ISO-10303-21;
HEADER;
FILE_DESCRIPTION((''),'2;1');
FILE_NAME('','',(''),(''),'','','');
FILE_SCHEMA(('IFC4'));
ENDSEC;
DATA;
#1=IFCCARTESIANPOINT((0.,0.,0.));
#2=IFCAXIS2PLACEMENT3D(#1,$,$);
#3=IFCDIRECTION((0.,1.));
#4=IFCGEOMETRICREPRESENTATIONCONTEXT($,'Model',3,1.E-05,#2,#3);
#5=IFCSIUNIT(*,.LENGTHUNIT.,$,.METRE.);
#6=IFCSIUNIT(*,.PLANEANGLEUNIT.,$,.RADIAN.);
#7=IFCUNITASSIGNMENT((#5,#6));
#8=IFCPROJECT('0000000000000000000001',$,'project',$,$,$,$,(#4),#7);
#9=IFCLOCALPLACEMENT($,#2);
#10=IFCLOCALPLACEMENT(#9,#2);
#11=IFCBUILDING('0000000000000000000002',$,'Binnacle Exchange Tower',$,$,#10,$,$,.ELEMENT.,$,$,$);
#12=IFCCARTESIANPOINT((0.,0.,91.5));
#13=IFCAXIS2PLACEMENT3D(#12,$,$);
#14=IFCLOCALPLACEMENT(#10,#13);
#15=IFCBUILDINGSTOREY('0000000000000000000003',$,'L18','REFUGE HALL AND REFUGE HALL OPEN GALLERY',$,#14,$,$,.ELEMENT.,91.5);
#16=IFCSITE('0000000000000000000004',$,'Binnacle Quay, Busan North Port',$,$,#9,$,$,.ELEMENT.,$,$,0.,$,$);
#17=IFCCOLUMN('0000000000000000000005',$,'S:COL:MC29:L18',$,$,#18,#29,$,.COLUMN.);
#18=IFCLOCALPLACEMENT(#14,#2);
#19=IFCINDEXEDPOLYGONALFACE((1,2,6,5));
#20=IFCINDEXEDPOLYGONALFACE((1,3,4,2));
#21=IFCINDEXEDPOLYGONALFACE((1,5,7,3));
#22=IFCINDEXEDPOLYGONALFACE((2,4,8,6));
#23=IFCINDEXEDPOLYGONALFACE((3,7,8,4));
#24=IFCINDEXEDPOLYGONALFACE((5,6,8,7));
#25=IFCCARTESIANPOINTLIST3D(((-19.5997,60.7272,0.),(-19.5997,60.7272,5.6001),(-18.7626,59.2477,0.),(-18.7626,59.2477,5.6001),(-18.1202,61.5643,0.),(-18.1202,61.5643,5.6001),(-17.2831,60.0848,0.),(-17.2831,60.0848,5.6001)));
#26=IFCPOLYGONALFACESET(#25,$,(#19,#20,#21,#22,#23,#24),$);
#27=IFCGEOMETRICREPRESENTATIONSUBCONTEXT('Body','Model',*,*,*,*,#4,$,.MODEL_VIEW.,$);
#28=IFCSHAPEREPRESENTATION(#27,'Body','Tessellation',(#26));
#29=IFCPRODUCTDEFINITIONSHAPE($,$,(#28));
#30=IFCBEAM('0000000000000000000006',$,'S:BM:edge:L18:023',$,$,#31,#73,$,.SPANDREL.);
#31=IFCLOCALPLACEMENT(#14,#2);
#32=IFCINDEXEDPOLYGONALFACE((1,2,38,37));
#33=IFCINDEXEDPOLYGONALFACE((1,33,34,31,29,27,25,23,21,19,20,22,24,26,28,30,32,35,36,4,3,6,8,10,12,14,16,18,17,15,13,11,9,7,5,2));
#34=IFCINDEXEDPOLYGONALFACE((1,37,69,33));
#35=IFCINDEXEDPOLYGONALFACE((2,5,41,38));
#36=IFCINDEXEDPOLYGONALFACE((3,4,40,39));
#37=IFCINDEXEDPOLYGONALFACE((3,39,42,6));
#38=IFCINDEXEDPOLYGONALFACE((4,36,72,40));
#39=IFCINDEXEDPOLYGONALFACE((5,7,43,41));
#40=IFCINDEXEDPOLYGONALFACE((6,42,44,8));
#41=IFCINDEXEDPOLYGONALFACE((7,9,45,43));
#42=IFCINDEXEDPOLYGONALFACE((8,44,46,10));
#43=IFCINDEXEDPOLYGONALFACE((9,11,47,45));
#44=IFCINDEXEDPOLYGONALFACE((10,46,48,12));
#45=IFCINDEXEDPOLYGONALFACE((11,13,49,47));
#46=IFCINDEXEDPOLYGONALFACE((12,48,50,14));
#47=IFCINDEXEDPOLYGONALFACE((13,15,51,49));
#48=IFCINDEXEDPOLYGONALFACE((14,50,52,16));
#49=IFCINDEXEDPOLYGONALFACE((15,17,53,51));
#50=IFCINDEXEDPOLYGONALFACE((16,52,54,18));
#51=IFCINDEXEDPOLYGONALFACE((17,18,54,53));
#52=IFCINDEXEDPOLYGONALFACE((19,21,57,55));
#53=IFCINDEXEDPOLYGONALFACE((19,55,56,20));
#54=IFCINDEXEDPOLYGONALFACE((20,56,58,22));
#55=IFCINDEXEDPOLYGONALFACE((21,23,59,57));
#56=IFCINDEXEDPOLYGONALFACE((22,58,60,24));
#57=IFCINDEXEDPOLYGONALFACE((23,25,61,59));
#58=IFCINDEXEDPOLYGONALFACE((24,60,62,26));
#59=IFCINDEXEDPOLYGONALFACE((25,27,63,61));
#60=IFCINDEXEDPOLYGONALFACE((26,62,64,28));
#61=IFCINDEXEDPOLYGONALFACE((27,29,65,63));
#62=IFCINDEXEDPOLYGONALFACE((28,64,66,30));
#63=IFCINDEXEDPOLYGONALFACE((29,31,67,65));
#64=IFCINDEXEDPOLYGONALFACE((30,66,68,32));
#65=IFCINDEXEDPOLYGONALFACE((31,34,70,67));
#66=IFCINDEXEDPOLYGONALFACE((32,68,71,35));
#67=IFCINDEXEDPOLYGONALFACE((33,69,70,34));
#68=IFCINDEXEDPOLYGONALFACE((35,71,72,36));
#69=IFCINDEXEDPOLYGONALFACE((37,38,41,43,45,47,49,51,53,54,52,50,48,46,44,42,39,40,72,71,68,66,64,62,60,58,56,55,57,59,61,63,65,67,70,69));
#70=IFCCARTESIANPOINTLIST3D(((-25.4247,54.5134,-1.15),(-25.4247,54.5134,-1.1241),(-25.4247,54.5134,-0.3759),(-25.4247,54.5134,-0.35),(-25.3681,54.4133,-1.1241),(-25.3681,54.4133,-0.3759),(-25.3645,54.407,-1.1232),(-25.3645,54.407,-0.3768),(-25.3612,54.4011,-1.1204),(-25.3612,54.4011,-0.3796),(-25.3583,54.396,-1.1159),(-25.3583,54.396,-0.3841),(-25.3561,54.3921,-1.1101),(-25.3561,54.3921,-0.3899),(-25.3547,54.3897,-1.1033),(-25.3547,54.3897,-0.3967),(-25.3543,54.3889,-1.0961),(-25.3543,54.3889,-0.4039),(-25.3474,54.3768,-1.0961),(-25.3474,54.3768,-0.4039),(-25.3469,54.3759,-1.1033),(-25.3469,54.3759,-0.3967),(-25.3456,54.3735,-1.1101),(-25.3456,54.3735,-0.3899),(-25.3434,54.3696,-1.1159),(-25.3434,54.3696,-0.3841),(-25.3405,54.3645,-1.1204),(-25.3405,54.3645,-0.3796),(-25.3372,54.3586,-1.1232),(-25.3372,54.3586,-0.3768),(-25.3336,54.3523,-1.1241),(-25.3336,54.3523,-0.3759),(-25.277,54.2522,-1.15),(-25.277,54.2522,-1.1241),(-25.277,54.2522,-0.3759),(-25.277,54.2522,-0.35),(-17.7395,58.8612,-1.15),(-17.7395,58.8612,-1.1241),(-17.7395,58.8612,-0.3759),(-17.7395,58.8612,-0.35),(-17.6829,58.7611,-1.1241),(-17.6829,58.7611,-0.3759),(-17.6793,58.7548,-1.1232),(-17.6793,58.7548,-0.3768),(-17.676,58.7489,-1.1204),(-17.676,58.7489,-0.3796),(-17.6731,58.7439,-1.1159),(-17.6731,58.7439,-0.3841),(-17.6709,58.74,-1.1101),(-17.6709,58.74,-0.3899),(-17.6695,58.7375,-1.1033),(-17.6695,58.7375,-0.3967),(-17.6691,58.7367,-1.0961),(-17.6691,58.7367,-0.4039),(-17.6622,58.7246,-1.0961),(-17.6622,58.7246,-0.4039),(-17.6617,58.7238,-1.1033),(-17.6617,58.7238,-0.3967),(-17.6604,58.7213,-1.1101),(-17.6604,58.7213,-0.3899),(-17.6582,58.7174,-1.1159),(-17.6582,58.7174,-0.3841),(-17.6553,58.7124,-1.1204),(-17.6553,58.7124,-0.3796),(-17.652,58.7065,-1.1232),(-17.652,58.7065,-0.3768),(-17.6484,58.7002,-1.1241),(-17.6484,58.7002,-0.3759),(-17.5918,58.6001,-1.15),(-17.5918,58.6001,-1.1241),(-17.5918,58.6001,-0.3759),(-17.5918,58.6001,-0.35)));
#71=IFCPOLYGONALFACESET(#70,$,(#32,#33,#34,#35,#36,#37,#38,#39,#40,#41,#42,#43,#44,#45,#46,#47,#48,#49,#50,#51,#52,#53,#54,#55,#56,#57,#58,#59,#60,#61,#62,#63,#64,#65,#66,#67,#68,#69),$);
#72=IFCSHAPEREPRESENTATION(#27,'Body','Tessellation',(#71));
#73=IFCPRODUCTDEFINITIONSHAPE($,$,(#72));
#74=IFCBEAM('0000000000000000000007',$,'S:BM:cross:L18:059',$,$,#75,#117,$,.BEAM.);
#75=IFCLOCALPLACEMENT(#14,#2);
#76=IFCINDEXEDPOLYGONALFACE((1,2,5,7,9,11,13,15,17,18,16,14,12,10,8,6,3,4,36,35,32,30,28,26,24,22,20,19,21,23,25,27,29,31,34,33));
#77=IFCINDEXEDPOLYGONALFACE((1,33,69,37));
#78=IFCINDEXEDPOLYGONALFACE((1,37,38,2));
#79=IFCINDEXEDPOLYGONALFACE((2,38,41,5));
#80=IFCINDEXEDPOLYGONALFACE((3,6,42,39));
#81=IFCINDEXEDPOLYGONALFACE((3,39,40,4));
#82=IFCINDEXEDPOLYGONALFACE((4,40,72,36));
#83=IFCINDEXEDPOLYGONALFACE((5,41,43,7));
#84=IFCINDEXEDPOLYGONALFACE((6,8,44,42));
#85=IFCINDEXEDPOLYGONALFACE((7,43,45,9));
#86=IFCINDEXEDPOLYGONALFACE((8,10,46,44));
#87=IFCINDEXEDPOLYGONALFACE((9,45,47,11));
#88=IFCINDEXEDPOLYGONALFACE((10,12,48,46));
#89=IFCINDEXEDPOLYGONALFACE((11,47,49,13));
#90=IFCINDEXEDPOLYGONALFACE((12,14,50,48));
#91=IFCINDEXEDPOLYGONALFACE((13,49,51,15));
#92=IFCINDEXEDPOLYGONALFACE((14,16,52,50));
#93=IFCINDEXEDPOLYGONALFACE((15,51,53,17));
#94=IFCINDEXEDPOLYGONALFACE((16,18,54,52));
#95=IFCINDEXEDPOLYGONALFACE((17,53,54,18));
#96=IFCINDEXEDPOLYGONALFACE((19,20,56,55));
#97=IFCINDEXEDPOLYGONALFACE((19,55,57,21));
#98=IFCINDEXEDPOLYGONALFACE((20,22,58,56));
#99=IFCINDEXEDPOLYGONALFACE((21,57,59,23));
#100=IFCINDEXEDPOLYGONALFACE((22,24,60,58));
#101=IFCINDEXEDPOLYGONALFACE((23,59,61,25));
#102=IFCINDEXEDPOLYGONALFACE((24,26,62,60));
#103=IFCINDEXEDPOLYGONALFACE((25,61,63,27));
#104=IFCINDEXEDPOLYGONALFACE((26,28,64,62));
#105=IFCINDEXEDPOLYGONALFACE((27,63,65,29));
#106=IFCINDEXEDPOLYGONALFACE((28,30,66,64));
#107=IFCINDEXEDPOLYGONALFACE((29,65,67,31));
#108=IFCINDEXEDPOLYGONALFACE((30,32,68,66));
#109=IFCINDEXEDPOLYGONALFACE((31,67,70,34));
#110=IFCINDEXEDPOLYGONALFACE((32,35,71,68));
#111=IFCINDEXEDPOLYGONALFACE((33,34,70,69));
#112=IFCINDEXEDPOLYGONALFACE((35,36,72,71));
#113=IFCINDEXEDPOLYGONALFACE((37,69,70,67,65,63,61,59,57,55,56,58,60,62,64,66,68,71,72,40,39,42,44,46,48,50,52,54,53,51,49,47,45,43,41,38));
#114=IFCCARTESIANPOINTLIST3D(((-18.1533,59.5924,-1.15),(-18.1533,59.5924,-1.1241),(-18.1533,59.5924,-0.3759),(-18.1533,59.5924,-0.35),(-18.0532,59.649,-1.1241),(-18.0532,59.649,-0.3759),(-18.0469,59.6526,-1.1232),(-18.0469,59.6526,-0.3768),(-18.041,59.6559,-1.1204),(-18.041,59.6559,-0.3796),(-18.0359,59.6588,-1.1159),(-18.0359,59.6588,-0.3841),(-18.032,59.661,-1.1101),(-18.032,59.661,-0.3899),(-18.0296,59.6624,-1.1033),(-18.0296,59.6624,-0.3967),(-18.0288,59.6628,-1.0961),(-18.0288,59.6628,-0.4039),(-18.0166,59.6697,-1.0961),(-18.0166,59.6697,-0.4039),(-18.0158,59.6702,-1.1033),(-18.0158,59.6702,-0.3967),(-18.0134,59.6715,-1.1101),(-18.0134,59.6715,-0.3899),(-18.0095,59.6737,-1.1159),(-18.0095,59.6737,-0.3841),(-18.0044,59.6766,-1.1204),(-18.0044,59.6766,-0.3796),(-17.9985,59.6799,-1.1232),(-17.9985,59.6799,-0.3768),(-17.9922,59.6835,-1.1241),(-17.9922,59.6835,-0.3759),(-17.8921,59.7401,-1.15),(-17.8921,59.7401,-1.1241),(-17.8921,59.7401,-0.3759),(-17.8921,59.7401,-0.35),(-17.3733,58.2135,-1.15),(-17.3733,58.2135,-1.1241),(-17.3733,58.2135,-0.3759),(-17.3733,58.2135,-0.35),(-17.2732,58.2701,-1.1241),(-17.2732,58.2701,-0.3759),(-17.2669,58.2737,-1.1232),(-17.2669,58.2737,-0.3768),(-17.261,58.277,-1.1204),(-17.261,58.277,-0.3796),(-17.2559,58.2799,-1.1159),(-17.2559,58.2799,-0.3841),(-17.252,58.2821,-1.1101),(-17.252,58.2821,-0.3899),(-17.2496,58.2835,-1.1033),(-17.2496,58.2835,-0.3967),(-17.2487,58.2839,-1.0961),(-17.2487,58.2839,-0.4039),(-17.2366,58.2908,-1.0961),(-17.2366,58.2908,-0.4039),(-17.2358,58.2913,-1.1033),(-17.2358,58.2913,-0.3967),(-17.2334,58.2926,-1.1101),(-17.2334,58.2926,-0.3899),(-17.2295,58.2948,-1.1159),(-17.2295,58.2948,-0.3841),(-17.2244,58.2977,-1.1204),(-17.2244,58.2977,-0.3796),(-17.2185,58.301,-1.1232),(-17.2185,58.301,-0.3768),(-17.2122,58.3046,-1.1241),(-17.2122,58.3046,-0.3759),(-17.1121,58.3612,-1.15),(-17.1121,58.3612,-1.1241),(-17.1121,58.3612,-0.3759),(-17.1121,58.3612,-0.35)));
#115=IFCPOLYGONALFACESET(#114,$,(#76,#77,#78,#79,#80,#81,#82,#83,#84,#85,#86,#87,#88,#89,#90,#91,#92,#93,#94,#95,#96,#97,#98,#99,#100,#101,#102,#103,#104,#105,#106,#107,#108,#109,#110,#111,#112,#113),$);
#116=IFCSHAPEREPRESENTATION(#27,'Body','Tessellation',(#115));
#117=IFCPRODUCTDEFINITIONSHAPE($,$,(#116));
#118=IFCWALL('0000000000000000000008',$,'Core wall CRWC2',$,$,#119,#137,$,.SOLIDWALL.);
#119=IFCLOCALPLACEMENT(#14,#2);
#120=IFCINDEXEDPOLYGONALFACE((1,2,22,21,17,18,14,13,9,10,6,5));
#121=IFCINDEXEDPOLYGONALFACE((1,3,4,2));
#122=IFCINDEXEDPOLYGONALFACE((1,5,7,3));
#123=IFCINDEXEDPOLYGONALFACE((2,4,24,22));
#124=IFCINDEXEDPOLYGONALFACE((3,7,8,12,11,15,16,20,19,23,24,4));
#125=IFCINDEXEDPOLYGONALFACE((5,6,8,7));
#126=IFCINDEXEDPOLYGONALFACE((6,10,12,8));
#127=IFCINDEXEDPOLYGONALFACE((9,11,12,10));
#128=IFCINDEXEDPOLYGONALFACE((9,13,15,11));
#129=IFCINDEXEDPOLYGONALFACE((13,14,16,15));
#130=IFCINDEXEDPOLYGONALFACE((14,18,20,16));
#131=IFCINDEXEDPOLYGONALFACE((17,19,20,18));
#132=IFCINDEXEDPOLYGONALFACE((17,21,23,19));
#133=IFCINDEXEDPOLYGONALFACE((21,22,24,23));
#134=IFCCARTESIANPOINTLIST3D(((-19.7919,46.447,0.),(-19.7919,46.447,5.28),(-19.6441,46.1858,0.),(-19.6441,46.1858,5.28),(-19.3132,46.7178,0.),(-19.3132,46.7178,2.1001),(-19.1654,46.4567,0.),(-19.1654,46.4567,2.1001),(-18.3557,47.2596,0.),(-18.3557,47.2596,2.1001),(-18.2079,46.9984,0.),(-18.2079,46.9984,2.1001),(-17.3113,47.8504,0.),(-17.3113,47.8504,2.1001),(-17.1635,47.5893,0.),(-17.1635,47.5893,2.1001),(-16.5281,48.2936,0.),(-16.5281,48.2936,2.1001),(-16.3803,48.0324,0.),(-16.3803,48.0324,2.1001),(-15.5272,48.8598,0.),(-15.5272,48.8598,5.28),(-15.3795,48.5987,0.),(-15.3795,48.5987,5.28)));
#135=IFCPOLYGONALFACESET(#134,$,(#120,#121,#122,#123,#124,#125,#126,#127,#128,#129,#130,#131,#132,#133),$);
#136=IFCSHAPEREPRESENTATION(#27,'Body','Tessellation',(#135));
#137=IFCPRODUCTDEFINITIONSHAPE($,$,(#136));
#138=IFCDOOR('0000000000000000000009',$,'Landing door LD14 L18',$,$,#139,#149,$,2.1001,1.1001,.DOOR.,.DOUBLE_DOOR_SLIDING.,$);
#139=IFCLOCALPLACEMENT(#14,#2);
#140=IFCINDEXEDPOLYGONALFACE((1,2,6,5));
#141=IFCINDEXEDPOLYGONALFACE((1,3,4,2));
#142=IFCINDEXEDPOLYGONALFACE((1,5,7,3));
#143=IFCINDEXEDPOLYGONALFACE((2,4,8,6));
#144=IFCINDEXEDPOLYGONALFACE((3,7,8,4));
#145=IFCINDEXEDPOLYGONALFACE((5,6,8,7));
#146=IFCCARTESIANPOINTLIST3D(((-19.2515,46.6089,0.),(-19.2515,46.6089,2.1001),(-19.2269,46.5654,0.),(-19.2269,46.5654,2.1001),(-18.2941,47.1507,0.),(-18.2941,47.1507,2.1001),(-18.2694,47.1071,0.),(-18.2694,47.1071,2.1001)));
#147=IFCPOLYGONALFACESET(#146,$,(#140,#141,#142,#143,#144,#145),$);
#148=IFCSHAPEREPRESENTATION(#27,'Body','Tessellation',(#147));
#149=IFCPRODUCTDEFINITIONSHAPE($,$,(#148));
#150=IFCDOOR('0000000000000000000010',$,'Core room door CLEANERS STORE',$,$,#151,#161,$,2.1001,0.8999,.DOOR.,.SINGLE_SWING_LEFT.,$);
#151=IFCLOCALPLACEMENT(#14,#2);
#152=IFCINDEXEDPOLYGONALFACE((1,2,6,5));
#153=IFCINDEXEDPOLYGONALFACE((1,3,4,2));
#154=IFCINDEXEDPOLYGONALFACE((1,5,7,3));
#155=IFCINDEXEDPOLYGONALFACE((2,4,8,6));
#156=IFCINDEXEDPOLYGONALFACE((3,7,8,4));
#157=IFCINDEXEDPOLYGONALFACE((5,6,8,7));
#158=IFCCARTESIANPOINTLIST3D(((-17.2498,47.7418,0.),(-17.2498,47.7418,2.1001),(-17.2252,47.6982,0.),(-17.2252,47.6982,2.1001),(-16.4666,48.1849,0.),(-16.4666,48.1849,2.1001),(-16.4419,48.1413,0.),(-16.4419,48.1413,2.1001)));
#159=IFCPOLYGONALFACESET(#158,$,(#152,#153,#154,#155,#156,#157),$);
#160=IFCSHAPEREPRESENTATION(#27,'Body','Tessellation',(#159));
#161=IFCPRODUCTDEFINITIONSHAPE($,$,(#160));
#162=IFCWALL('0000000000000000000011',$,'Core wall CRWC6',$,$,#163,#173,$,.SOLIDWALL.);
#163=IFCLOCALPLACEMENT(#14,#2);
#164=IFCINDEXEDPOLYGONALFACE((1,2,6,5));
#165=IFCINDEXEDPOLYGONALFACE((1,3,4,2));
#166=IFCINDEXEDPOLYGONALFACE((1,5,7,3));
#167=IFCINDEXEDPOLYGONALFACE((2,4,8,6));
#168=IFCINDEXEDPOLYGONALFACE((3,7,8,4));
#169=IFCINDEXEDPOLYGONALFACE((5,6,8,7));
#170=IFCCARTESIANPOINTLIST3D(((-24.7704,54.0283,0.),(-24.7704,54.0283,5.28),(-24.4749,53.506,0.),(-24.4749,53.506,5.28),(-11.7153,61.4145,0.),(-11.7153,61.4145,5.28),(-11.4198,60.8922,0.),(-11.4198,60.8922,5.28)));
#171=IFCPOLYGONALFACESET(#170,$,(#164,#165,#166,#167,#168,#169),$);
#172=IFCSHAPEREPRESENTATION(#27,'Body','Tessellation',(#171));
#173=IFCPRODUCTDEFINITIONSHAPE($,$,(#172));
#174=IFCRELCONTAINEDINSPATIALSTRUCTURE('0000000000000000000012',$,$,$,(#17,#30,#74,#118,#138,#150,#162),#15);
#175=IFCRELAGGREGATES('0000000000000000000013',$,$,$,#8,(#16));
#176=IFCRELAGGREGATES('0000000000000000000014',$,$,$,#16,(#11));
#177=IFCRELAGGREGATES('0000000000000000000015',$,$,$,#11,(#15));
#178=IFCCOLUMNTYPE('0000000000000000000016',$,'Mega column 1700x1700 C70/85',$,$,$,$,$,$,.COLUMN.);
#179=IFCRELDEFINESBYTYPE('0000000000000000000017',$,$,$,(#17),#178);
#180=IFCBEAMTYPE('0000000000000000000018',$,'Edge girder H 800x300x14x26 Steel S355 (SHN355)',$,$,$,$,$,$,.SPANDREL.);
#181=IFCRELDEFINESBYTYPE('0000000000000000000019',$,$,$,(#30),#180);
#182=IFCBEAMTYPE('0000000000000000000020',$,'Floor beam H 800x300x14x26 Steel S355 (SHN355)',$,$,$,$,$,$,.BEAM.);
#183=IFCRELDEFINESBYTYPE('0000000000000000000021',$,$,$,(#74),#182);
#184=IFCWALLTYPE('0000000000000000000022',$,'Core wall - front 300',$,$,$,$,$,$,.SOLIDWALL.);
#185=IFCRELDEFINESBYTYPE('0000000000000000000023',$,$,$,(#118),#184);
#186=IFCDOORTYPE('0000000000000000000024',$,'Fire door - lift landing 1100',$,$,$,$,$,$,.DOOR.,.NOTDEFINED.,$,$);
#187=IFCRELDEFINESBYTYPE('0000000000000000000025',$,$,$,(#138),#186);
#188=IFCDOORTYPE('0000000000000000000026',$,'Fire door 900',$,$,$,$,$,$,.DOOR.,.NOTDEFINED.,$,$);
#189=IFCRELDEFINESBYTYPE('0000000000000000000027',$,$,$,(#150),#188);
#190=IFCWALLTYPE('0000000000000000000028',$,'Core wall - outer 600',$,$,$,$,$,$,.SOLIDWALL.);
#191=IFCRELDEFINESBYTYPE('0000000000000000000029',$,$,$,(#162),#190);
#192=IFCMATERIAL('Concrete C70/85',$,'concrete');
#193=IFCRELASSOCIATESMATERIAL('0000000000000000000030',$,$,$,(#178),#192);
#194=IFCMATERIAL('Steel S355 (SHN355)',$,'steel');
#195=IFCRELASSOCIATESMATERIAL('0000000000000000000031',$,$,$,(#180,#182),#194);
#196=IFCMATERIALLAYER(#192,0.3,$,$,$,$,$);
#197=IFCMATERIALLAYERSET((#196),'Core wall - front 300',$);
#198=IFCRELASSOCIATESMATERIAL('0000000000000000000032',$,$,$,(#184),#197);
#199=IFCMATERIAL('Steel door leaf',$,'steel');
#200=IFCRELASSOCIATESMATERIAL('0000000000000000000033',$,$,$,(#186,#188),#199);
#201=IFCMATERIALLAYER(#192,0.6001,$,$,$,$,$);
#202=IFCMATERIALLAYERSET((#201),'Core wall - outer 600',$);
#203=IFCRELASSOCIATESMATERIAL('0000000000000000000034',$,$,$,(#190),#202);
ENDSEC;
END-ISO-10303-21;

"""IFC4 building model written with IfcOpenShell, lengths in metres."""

from ifc_helpers import new_model, si_unit, direction, frame, frame_2d, origin, origin_2d, place, context, subcontext, project, spatial, rectangle, i_section, extrude, material, layer, layer_set, material_profile, profile_set, type_object, element, fill, save


model = new_model("IFC4")

# Units and contexts
model_context = context("Model", 3, precision=1e-05, world=origin(), true_north=direction((0.0, 1.0)))
body_context = subcontext(model_context, "Body", "Model", "MODEL_VIEW")
ifc_project = project(units=[si_unit("LENGTHUNIT", "METRE"), si_unit("PLANEANGLEUNIT", "RADIAN")], contexts=[model_context])

# Site, building, storey
site_placement = place(None, origin())
site = spatial("IfcSite", under=ifc_project, at=site_placement, Name="Binnacle Quay, Busan North Port", CompositionType="ELEMENT", RefElevation=0.0)
building_placement = place(site_placement, origin())
building = spatial("IfcBuilding", under=site, at=building_placement, Name="Binnacle Exchange Tower", CompositionType="ELEMENT")
storey_placement = place(building_placement, frame((0.0, 0.0, 91.5)))
storey = spatial("IfcBuildingStorey", under=building, at=storey_placement, Name="L18", Description="REFUGE HALL AND REFUGE HALL OPEN GALLERY", CompositionType="ELEMENT", Elevation=91.5)

# Column
ifc_material_1 = material(Name="Concrete C70/85", Category="concrete")
ifc_material_profile_1 = material_profile(ifc_material_1, rectangle(XDim=1.7, YDim=1.7, at=origin_2d()), Name="Mega column 1700x1700 C70/85")
ifc_profile_set_1 = profile_set([ifc_material_profile_1], Name="Concrete C70/85")
column_type = type_object("IfcColumnType", Name="Mega column 1700x1700 C70/85", PredefinedType="COLUMN", material=ifc_profile_set_1)
column_placement = place(storey_placement, frame((-18.4414, 60.406, 0.0), z_axis=(0.0, 0.0, 1.0), x_axis=(-0.870356, -0.492424, 0.0)))
element("IfcColumn", 1, at=column_placement, inside=storey, type_object=column_type, Name="S:COL:MC29:L18", PredefinedType="COLUMN", context=body_context, shape_type="SweptSolid", body=[
    extrude(rectangle(XDim=1.7, YDim=1.7, at=origin_2d()), origin(), (0.0, 0.0, 1.0), 5.6001),
])

# Beams
ifc_material_2 = material(Name="Steel S355 (SHN355)", Category="steel")
ifc_material_profile_2 = material_profile(ifc_material_2, i_section(OverallWidth=0.3, OverallDepth=0.8, WebThickness=0.0139, FlangeThickness=0.0259, FilletRadius=0.0281, at=origin_2d()), Name="H 800x300x14x26")
ifc_profile_set_2 = profile_set([ifc_material_profile_2], Name="Steel S355 (SHN355)")
beam_type_1 = type_object("IfcBeamType", Name="Edge girder H 800x300x14x26 Steel S355 (SHN355)", PredefinedType="SPANDREL", material=ifc_profile_set_2)
beam_1_placement = place(storey_placement, frame((-25.3508, 54.3828, -0.75), z_axis=(0.870367, 0.492403, 0.0), x_axis=(-0.492403, 0.870367, 0.0)))
element("IfcBeam", 2, at=beam_1_placement, inside=storey, type_object=beam_type_1, Name="S:BM:edge:L18:023", PredefinedType="SPANDREL", context=body_context, shape_type="SweptSolid", body=[
    extrude(i_section(OverallWidth=0.3, OverallDepth=0.8, WebThickness=0.0139, FlangeThickness=0.0259, FilletRadius=0.0281, at=origin_2d()), origin(), (0.0, 0.0, 1.0), 8.8298),
])
ifc_material_profile_3 = material_profile(ifc_material_2, i_section(OverallWidth=0.3, OverallDepth=0.8, WebThickness=0.0139, FlangeThickness=0.0259, FilletRadius=0.0281, at=origin_2d()), Name="H 800x300x14x26")
ifc_profile_set_3 = profile_set([ifc_material_profile_3], Name="Steel S355 (SHN355)")
beam_type_2 = type_object("IfcBeamType", Name="Floor beam H 800x300x14x26 Steel S355 (SHN355)", PredefinedType="BEAM", material=ifc_profile_set_3)
beam_2_placement = place(storey_placement, frame((-18.0227, 59.6663, -0.75), z_axis=(0.492367, -0.870388, 0.0), x_axis=(0.870388, 0.492367, 0.0)))
element("IfcBeam", 3, at=beam_2_placement, inside=storey, type_object=beam_type_2, Name="S:BM:cross:L18:059", PredefinedType="BEAM", context=body_context, shape_type="SweptSolid", body=[
    extrude(i_section(OverallWidth=0.3, OverallDepth=0.8, WebThickness=0.0139, FlangeThickness=0.0259, FilletRadius=0.0281, at=origin_2d()), origin(), (0.0, 0.0, 1.0), 1.5842),
])

# Wall, openings, doors
ifc_layer_1 = layer(ifc_material_1, 0.3)
ifc_layer_set_1 = layer_set([ifc_layer_1], Name="Core wall - front 300")
wall_type_1 = type_object("IfcWallType", Name="Core wall - front 300", PredefinedType="SOLIDWALL", material=ifc_layer_set_1)
wall_1_placement = place(storey_placement, frame((-19.718, 46.3164, 0.0), z_axis=(0.0, 0.0, 1.0), x_axis=(0.870354, 0.492427, 0.0)))
wall_1 = element("IfcWall", 4, at=wall_1_placement, inside=storey, type_object=wall_type_1, Name="Core wall CRWC2", PredefinedType="SOLIDWALL", context=body_context, shape_type="SweptSolid", body=[
    extrude(rectangle(XDim=4.8999, YDim=0.3, at=frame_2d((2.45, 0.0))), origin(), (0.0, 0.0, 1.0), 5.28),
])
opening_1_placement = place(wall_1_placement, frame((0.55, 0.0, 0.0)))
opening_1 = element("IfcOpeningElement", 5, at=opening_1_placement, cuts=wall_1, PredefinedType="OPENING", context=body_context, shape_type="SweptSolid", body=[
    extrude(rectangle(XDim=1.1001, YDim=2.1001, at=frame_2d((0.55, 1.05))), frame((0.0, 0.1599, 0.0), z_axis=(0.0, -1.0, 0.0), x_axis=(1.0, 0.0, 0.0)), (0.0, 0.0, 1.0), 0.3201),
])
opening_2_placement = place(wall_1_placement, frame((2.8501, 0.0, 0.0)))
opening_2 = element("IfcOpeningElement", 6, at=opening_2_placement, cuts=wall_1, PredefinedType="OPENING", context=body_context, shape_type="SweptSolid", body=[
    extrude(rectangle(XDim=0.8999, YDim=2.1001, at=frame_2d((0.45, 1.05))), frame((0.0, 0.1599, 0.0), z_axis=(0.0, -1.0, 0.0), x_axis=(1.0, 0.0, 0.0)), (0.0, 0.0, 1.0), 0.3201),
])
ifc_material_3 = material(Name="Steel door leaf", Category="steel")
door_type_1 = type_object("IfcDoorType", Name="Fire door - lift landing 1100", OperationType="NOTDEFINED", PredefinedType="DOOR", material=ifc_material_3)
door_1_placement = place(opening_1_placement, origin())
door_1 = element("IfcDoor", 7, at=door_1_placement, inside=storey, type_object=door_type_1, Name="Landing door LD14 L18", OperationType="DOUBLE_DOOR_SLIDING", OverallHeight=2.1001, OverallWidth=1.1001, PredefinedType="DOOR", context=body_context, shape_type="SweptSolid", body=[
    extrude(rectangle(XDim=1.1001, YDim=2.1001, at=frame_2d((0.55, 1.05))), frame((0.0, 0.0249, 0.0), z_axis=(0.0, -1.0, 0.0), x_axis=(1.0, 0.0, 0.0)), (0.0, 0.0, 1.0), 0.05),
])
fill(opening_1, door_1)
door_type_2 = type_object("IfcDoorType", Name="Fire door 900", OperationType="NOTDEFINED", PredefinedType="DOOR", material=ifc_material_3)
door_2_placement = place(opening_2_placement, frame((0.8999, 0.0, 0.0), z_axis=(0.0, 0.0, 1.0), x_axis=(-1.0, 0.0, 0.0)))
door_2 = element("IfcDoor", 8, at=door_2_placement, inside=storey, type_object=door_type_2, Name="Core room door CLEANERS STORE", OperationType="SINGLE_SWING_LEFT", OverallHeight=2.1001, OverallWidth=0.8999, PredefinedType="DOOR", context=body_context, shape_type="SweptSolid", body=[
    extrude(rectangle(XDim=0.8999, YDim=2.1001, at=frame_2d((0.45, 1.05))), frame((0.0, 0.0249, 0.0), z_axis=(0.0, -1.0, 0.0), x_axis=(1.0, 0.0, 0.0)), (0.0, 0.0, 1.0), 0.05),
])
fill(opening_2, door_2)

# Wall
ifc_layer_2 = layer(ifc_material_1, 0.6001)
ifc_layer_set_2 = layer_set([ifc_layer_2], Name="Core wall - outer 600")
wall_type_2 = type_object("IfcWallType", Name="Core wall - outer 600", PredefinedType="SOLIDWALL", material=ifc_layer_set_2)
wall_2_placement = place(storey_placement, frame((-24.6228, 53.7671, 0.0), z_axis=(0.0, 0.0, 1.0), x_axis=(0.870357, 0.492422, 0.0)))
element("IfcWall", 9, at=wall_2_placement, inside=storey, type_object=wall_type_2, Name="Core wall CRWC6", PredefinedType="SOLIDWALL", context=body_context, shape_type="SweptSolid", body=[
    extrude(rectangle(XDim=14.9998, YDim=0.6001, at=frame_2d((7.5, 0.0))), origin(), (0.0, 0.0, 1.0), 5.28),
])

save(model, "model.ifc")
